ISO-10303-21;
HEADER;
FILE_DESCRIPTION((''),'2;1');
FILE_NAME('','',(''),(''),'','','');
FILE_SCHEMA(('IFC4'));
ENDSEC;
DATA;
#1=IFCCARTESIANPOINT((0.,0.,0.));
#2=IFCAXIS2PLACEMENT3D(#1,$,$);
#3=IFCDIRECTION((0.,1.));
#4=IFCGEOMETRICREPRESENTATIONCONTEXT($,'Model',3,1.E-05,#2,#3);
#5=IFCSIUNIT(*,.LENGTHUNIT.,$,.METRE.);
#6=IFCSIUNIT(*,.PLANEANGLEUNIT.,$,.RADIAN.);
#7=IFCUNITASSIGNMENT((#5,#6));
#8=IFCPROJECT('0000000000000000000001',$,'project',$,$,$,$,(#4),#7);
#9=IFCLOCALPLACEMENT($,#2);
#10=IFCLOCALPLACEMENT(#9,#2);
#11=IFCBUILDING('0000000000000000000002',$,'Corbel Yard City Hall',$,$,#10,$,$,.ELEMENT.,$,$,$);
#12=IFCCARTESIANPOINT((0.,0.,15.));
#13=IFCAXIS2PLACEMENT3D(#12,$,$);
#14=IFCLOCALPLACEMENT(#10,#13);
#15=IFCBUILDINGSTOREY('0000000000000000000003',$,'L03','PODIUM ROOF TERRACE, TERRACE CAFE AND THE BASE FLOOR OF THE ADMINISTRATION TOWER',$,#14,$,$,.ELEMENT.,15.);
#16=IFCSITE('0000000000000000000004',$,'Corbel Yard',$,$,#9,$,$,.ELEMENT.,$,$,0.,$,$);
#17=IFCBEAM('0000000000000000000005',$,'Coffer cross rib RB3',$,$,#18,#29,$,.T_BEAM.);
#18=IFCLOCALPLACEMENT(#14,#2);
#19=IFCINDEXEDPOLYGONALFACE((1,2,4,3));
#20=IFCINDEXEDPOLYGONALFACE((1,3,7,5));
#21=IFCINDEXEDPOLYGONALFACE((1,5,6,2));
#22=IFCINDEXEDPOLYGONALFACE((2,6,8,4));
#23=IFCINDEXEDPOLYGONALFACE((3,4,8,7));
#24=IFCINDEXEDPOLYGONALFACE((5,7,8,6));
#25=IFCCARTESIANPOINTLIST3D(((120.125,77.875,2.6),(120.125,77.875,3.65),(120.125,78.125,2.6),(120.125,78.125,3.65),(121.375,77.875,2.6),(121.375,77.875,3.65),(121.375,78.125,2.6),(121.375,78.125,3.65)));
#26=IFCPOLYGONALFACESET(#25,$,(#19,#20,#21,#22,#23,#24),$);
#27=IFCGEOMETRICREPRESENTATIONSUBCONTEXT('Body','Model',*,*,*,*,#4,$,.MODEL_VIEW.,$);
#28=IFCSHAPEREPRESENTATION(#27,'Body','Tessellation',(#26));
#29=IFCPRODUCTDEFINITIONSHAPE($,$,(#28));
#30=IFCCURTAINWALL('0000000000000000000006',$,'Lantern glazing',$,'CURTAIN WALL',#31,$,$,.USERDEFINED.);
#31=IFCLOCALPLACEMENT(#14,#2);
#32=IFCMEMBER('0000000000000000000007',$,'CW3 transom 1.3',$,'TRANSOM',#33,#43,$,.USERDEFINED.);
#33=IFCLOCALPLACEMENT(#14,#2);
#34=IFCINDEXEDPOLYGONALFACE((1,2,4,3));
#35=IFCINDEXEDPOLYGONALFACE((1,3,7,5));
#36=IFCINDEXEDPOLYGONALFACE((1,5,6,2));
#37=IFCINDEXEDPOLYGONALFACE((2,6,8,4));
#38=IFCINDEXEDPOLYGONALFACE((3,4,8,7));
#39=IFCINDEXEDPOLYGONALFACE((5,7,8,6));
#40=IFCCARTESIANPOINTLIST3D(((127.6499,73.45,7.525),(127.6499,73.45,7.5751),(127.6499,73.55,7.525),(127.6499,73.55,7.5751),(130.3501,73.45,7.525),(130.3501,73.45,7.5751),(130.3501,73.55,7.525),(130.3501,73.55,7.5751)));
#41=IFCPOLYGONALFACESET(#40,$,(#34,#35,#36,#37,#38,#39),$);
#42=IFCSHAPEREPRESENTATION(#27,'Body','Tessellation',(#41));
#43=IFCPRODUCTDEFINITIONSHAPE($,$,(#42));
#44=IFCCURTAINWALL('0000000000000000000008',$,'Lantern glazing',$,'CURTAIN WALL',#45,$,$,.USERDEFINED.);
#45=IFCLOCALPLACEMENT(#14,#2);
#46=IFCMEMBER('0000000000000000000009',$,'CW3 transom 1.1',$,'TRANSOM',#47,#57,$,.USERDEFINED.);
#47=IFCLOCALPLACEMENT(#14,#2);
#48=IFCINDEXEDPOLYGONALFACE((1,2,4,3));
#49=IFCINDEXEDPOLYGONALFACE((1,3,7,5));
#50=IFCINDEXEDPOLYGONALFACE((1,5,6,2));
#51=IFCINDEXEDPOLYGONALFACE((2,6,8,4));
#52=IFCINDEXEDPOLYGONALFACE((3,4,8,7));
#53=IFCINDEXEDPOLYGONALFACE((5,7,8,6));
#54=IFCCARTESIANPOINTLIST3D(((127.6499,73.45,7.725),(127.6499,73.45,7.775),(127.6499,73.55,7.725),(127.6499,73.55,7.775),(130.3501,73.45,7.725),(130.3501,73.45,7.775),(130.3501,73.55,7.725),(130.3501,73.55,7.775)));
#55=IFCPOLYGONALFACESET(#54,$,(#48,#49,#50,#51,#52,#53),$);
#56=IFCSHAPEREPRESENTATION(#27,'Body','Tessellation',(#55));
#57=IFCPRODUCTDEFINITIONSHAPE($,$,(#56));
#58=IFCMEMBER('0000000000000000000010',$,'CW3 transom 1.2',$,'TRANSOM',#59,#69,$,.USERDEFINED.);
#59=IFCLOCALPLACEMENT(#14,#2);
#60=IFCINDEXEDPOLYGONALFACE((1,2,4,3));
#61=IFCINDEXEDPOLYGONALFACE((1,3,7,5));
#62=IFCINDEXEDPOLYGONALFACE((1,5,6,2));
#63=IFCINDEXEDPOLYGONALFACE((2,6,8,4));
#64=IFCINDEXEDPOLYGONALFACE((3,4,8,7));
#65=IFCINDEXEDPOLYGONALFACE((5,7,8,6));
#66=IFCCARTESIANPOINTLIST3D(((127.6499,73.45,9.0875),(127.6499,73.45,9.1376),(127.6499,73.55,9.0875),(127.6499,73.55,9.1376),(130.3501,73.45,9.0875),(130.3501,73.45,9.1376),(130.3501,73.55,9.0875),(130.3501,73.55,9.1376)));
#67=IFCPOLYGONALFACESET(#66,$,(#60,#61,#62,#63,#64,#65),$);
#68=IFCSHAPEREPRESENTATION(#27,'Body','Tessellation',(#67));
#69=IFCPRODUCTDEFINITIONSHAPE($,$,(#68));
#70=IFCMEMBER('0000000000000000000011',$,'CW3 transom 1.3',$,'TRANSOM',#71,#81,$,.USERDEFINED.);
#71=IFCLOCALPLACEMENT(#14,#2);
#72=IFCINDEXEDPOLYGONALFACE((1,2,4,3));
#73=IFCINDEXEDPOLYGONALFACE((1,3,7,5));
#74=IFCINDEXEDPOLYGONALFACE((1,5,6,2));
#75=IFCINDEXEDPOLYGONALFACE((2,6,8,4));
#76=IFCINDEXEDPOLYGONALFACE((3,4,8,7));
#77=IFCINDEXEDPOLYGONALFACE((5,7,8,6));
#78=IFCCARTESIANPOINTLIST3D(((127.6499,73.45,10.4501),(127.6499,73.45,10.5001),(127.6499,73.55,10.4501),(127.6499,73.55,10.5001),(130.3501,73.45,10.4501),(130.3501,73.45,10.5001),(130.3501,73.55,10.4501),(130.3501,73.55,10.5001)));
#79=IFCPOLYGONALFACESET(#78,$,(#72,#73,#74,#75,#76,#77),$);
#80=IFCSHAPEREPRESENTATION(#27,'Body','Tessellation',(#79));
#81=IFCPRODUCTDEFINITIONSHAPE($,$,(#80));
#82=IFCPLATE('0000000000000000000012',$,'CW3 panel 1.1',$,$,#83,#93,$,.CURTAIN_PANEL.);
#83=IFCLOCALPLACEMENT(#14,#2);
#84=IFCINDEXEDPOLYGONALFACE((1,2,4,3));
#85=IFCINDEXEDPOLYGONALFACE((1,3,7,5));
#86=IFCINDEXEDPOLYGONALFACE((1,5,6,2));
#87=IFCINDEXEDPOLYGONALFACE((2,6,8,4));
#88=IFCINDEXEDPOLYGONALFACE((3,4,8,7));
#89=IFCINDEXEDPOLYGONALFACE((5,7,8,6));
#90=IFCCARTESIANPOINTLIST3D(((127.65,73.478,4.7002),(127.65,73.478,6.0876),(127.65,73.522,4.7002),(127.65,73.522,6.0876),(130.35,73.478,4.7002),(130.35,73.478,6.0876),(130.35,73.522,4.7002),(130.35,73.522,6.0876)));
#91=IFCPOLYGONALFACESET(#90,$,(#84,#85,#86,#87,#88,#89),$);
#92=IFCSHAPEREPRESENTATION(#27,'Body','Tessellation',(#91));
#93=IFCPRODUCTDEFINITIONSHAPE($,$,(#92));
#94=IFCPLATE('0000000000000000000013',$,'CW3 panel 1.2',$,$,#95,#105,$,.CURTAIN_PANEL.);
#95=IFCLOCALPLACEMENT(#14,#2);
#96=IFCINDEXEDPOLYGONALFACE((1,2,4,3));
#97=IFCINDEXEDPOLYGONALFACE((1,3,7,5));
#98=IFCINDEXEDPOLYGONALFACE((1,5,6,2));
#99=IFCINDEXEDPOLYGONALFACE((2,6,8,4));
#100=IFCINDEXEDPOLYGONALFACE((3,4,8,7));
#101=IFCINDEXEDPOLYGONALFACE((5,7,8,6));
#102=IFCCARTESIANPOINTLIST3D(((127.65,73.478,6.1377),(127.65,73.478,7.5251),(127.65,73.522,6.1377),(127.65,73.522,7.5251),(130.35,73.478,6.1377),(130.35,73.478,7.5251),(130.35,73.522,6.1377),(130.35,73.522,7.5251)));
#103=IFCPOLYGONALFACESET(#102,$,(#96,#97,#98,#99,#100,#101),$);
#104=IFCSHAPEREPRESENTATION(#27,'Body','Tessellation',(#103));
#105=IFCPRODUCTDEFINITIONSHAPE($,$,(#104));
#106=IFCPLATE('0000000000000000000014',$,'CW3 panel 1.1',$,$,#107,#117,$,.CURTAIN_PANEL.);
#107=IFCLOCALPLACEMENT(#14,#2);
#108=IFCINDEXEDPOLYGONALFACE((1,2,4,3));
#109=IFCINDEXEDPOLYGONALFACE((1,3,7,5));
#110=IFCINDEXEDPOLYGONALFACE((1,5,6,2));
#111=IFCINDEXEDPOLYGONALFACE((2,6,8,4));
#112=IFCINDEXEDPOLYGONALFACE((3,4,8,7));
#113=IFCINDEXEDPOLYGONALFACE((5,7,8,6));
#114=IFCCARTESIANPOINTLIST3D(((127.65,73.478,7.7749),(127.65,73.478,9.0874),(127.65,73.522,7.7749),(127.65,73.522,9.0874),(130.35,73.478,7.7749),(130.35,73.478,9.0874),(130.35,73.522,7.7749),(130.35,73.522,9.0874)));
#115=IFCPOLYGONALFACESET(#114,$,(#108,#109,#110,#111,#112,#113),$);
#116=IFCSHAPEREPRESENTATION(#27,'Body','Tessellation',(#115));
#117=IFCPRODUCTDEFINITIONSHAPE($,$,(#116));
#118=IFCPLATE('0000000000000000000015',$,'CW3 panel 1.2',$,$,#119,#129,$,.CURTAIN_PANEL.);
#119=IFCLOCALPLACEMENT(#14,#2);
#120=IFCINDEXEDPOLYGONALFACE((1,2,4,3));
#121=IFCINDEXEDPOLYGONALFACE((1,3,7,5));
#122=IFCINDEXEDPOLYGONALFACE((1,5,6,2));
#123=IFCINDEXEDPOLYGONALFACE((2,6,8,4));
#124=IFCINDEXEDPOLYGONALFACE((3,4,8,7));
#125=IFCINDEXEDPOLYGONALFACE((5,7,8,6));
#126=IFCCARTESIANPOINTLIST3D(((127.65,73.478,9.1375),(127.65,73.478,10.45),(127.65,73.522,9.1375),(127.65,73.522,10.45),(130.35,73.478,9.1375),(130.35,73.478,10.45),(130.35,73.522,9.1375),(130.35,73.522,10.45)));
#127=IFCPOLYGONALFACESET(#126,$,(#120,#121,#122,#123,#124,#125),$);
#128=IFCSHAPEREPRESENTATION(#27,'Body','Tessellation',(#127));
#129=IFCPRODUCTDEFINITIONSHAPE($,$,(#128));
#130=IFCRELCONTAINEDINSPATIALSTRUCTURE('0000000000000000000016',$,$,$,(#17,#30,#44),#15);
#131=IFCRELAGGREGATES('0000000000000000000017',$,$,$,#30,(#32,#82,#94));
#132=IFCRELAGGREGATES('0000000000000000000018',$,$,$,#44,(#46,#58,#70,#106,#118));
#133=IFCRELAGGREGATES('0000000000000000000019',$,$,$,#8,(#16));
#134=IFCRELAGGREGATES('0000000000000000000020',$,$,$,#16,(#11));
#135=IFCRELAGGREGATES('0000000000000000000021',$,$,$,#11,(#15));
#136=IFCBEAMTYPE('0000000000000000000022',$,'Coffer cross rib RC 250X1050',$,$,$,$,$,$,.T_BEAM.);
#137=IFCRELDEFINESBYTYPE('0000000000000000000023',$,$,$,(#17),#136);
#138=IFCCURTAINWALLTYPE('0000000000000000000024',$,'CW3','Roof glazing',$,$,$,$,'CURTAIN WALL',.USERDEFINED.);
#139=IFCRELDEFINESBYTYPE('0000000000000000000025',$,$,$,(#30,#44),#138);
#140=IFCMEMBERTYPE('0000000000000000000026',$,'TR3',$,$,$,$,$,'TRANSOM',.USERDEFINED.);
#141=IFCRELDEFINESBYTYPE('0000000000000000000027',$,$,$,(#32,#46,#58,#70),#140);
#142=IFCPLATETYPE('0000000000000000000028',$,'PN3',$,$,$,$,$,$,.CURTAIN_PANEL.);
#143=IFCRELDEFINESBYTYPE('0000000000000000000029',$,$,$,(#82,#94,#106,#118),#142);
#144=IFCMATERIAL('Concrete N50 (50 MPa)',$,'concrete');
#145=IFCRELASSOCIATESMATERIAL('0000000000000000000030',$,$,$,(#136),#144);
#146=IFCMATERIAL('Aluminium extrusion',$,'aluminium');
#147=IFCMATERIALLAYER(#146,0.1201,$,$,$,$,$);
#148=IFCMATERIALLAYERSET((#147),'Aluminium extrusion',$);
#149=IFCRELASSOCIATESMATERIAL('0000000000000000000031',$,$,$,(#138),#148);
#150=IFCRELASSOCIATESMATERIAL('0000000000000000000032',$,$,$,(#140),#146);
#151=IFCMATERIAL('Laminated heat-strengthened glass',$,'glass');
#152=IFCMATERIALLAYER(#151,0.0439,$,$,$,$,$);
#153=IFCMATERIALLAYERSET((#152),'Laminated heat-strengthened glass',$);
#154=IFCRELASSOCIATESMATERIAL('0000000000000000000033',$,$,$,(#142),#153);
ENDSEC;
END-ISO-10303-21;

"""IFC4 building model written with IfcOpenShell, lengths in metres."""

from ifc_helpers import new_model, si_unit, direction, frame, origin, origin_2d, place, context, subcontext, project, spatial, rectangle, extrude, material, layer, layer_set, material_profile, profile_set, type_object, element, aggregate, save


model = new_model("IFC4")

# Units and contexts
model_context = context("Model", 3, precision=1e-05, world=origin(), true_north=direction((0.0, 1.0)))
body_context = subcontext(model_context, "Body", "Model", "MODEL_VIEW")
ifc_project = project(units=[si_unit("LENGTHUNIT", "METRE"), si_unit("PLANEANGLEUNIT", "RADIAN")], contexts=[model_context])

# Site, building, storey
site_placement = place(None, origin())
site = spatial("IfcSite", under=ifc_project, at=site_placement, Name="Corbel Yard", CompositionType="ELEMENT", RefElevation=0.0)
building_placement = place(site_placement, origin())
building = spatial("IfcBuilding", under=site, at=building_placement, Name="Corbel Yard City Hall", CompositionType="ELEMENT")
storey_placement = place(building_placement, frame((0.0, 0.0, 15.0)))
storey = spatial("IfcBuildingStorey", under=building, at=storey_placement, Name="L03", Description="PODIUM ROOF TERRACE, TERRACE CAFE AND THE BASE FLOOR OF THE ADMINISTRATION TOWER", CompositionType="ELEMENT", Elevation=15.0)

# Beam
ifc_material_1 = material(Name="Concrete N50 (50 MPa)", Category="concrete")
ifc_material_profile_1 = material_profile(ifc_material_1, rectangle(XDim=0.25, YDim=1.05, at=origin_2d()), Name="250x1050")
ifc_profile_set_1 = profile_set([ifc_material_profile_1], Name="Concrete N50 (50 MPa)")
beam_type_1 = type_object("IfcBeamType", Name="Coffer cross rib RC 250X1050", PredefinedType="T_BEAM", material=ifc_profile_set_1)
for number, where, z_axis, x_axis, name in (
    (1, (120.125, 78.0, 3.125), (1.0, 0.0, 0.0), (0.0, 1.0, 0.0), "Coffer cross rib RB3"),
):
    element("IfcBeam", number, at=place(storey_placement, frame(where, z_axis=z_axis, x_axis=x_axis)), inside=storey, type_object=beam_type_1, Name=name, PredefinedType="T_BEAM", context=body_context, shape_type="SweptSolid", body=[
        extrude(rectangle(XDim=0.25, YDim=1.05, at=origin_2d()), origin(), (0.0, 0.0, 1.0), 1.25),
    ])

# Curtain wall, member
ifc_material_2 = material(Name="Aluminium extrusion", Category="aluminium")
ifc_layer_1 = layer(ifc_material_2, 0.1201)
ifc_layer_set_1 = layer_set([ifc_layer_1], Name="Aluminium extrusion")
curtain_wall_type = type_object("IfcCurtainWallType", Name="CW3", Description="Roof glazing", ElementType="CURTAIN WALL", PredefinedType="USERDEFINED", material=ifc_layer_set_1)
curtain_wall_1_placement = place(storey_placement, origin())
curtain_wall_1 = element("IfcCurtainWall", 2, at=curtain_wall_1_placement, inside=storey, type_object=curtain_wall_type, Name="Lantern glazing", ObjectType="CURTAIN WALL", PredefinedType="USERDEFINED")
ifc_material_profile_2 = material_profile(ifc_material_2, rectangle(XDim=0.1001, YDim=0.05, at=origin_2d()), Name="100x50")
ifc_profile_set_2 = profile_set([ifc_material_profile_2], Name="Aluminium extrusion")
member_type = type_object("IfcMemberType", Name="TR3", ElementType="TRANSOM", PredefinedType="USERDEFINED", material=ifc_profile_set_2)
member_1_placement = place(storey_placement, frame((127.6499, 73.5, 7.55), z_axis=(1.0, 0.0, 0.0), x_axis=(0.0, 1.0, 0.0)))
member_1 = element("IfcMember", 3, at=member_1_placement, type_object=member_type, Name="CW3 transom 1.3", ObjectType="TRANSOM", PredefinedType="USERDEFINED", context=body_context, shape_type="SweptSolid", body=[
    extrude(rectangle(XDim=0.1001, YDim=0.05, at=origin_2d()), origin(), (0.0, 0.0, 1.0), 2.7002),
])

# Curtain wall, members
curtain_wall_2_placement = place(storey_placement, origin())
curtain_wall_2 = element("IfcCurtainWall", 4, at=curtain_wall_2_placement, inside=storey, type_object=curtain_wall_type, Name="Lantern glazing", ObjectType="CURTAIN WALL", PredefinedType="USERDEFINED")
member_2_placement = place(storey_placement, frame((127.6499, 73.5, 7.75), z_axis=(1.0, 0.0, 0.0), x_axis=(0.0, 1.0, 0.0)))
member_2 = element("IfcMember", 5, at=member_2_placement, type_object=member_type, Name="CW3 transom 1.1", ObjectType="TRANSOM", PredefinedType="USERDEFINED", context=body_context, shape_type="SweptSolid", body=[
    extrude(rectangle(XDim=0.1001, YDim=0.05, at=origin_2d()), origin(), (0.0, 0.0, 1.0), 2.7002),
])
member_3_placement = place(storey_placement, frame((127.6499, 73.5, 9.1125), z_axis=(1.0, 0.0, 0.0), x_axis=(0.0, 1.0, 0.0)))
member_3 = element("IfcMember", 6, at=member_3_placement, type_object=member_type, Name="CW3 transom 1.2", ObjectType="TRANSOM", PredefinedType="USERDEFINED", context=body_context, shape_type="SweptSolid", body=[
    extrude(rectangle(XDim=0.1001, YDim=0.05, at=origin_2d()), origin(), (0.0, 0.0, 1.0), 2.7002),
])
member_4_placement = place(storey_placement, frame((127.6499, 73.5, 10.4751), z_axis=(1.0, 0.0, 0.0), x_axis=(0.0, 1.0, 0.0)))
member_4 = element("IfcMember", 7, at=member_4_placement, type_object=member_type, Name="CW3 transom 1.3", ObjectType="TRANSOM", PredefinedType="USERDEFINED", context=body_context, shape_type="SweptSolid", body=[
    extrude(rectangle(XDim=0.1001, YDim=0.05, at=origin_2d()), origin(), (0.0, 0.0, 1.0), 2.7002),
])

# Plates
ifc_material_3 = material(Name="Laminated heat-strengthened glass", Category="glass")
ifc_layer_2 = layer(ifc_material_3, 0.0439)
ifc_layer_set_2 = layer_set([ifc_layer_2], Name="Laminated heat-strengthened glass")
plate_type = type_object("IfcPlateType", Name="PN3", PredefinedType="CURTAIN_PANEL", material=ifc_layer_set_2)
plate_1_placement = place(storey_placement, frame((129.0, 73.5, 4.7002), z_axis=(0.0, 0.0, 1.0), x_axis=(1.0, 0.0, 0.0)))
plate_1 = element("IfcPlate", 8, at=plate_1_placement, type_object=plate_type, Name="CW3 panel 1.1", PredefinedType="CURTAIN_PANEL", context=body_context, shape_type="SweptSolid", body=[
    extrude(rectangle(XDim=2.7, YDim=0.0439, at=origin_2d()), origin(), (0.0, 0.0, 1.0), 1.3875),
])
plate_2_placement = place(storey_placement, frame((129.0, 73.5, 6.1377), z_axis=(0.0, 0.0, 1.0), x_axis=(1.0, 0.0, 0.0)))
plate_2 = element("IfcPlate", 9, at=plate_2_placement, type_object=plate_type, Name="CW3 panel 1.2", PredefinedType="CURTAIN_PANEL", context=body_context, shape_type="SweptSolid", body=[
    extrude(rectangle(XDim=2.7, YDim=0.0439, at=origin_2d()), origin(), (0.0, 0.0, 1.0), 1.3875),
])
aggregate(curtain_wall_1, [member_1, plate_1, plate_2])
plate_3_placement = place(storey_placement, frame((129.0, 73.5, 7.7749), z_axis=(0.0, 0.0, 1.0), x_axis=(1.0, 0.0, 0.0)))
plate_3 = element("IfcPlate", 10, at=plate_3_placement, type_object=plate_type, Name="CW3 panel 1.1", PredefinedType="CURTAIN_PANEL", context=body_context, shape_type="SweptSolid", body=[
    extrude(rectangle(XDim=2.7, YDim=0.0439, at=origin_2d()), origin(), (0.0, 0.0, 1.0), 1.3125),
])
plate_4_placement = place(storey_placement, frame((129.0, 73.5, 9.1375), z_axis=(0.0, 0.0, 1.0), x_axis=(1.0, 0.0, 0.0)))
plate_4 = element("IfcPlate", 11, at=plate_4_placement, type_object=plate_type, Name="CW3 panel 1.2", PredefinedType="CURTAIN_PANEL", context=body_context, shape_type="SweptSolid", body=[
    extrude(rectangle(XDim=2.7, YDim=0.0439, at=origin_2d()), origin(), (0.0, 0.0, 1.0), 1.3125),
])
aggregate(curtain_wall_2, [member_2, member_3, member_4, plate_3, plate_4])

save(model, "model.ifc")
